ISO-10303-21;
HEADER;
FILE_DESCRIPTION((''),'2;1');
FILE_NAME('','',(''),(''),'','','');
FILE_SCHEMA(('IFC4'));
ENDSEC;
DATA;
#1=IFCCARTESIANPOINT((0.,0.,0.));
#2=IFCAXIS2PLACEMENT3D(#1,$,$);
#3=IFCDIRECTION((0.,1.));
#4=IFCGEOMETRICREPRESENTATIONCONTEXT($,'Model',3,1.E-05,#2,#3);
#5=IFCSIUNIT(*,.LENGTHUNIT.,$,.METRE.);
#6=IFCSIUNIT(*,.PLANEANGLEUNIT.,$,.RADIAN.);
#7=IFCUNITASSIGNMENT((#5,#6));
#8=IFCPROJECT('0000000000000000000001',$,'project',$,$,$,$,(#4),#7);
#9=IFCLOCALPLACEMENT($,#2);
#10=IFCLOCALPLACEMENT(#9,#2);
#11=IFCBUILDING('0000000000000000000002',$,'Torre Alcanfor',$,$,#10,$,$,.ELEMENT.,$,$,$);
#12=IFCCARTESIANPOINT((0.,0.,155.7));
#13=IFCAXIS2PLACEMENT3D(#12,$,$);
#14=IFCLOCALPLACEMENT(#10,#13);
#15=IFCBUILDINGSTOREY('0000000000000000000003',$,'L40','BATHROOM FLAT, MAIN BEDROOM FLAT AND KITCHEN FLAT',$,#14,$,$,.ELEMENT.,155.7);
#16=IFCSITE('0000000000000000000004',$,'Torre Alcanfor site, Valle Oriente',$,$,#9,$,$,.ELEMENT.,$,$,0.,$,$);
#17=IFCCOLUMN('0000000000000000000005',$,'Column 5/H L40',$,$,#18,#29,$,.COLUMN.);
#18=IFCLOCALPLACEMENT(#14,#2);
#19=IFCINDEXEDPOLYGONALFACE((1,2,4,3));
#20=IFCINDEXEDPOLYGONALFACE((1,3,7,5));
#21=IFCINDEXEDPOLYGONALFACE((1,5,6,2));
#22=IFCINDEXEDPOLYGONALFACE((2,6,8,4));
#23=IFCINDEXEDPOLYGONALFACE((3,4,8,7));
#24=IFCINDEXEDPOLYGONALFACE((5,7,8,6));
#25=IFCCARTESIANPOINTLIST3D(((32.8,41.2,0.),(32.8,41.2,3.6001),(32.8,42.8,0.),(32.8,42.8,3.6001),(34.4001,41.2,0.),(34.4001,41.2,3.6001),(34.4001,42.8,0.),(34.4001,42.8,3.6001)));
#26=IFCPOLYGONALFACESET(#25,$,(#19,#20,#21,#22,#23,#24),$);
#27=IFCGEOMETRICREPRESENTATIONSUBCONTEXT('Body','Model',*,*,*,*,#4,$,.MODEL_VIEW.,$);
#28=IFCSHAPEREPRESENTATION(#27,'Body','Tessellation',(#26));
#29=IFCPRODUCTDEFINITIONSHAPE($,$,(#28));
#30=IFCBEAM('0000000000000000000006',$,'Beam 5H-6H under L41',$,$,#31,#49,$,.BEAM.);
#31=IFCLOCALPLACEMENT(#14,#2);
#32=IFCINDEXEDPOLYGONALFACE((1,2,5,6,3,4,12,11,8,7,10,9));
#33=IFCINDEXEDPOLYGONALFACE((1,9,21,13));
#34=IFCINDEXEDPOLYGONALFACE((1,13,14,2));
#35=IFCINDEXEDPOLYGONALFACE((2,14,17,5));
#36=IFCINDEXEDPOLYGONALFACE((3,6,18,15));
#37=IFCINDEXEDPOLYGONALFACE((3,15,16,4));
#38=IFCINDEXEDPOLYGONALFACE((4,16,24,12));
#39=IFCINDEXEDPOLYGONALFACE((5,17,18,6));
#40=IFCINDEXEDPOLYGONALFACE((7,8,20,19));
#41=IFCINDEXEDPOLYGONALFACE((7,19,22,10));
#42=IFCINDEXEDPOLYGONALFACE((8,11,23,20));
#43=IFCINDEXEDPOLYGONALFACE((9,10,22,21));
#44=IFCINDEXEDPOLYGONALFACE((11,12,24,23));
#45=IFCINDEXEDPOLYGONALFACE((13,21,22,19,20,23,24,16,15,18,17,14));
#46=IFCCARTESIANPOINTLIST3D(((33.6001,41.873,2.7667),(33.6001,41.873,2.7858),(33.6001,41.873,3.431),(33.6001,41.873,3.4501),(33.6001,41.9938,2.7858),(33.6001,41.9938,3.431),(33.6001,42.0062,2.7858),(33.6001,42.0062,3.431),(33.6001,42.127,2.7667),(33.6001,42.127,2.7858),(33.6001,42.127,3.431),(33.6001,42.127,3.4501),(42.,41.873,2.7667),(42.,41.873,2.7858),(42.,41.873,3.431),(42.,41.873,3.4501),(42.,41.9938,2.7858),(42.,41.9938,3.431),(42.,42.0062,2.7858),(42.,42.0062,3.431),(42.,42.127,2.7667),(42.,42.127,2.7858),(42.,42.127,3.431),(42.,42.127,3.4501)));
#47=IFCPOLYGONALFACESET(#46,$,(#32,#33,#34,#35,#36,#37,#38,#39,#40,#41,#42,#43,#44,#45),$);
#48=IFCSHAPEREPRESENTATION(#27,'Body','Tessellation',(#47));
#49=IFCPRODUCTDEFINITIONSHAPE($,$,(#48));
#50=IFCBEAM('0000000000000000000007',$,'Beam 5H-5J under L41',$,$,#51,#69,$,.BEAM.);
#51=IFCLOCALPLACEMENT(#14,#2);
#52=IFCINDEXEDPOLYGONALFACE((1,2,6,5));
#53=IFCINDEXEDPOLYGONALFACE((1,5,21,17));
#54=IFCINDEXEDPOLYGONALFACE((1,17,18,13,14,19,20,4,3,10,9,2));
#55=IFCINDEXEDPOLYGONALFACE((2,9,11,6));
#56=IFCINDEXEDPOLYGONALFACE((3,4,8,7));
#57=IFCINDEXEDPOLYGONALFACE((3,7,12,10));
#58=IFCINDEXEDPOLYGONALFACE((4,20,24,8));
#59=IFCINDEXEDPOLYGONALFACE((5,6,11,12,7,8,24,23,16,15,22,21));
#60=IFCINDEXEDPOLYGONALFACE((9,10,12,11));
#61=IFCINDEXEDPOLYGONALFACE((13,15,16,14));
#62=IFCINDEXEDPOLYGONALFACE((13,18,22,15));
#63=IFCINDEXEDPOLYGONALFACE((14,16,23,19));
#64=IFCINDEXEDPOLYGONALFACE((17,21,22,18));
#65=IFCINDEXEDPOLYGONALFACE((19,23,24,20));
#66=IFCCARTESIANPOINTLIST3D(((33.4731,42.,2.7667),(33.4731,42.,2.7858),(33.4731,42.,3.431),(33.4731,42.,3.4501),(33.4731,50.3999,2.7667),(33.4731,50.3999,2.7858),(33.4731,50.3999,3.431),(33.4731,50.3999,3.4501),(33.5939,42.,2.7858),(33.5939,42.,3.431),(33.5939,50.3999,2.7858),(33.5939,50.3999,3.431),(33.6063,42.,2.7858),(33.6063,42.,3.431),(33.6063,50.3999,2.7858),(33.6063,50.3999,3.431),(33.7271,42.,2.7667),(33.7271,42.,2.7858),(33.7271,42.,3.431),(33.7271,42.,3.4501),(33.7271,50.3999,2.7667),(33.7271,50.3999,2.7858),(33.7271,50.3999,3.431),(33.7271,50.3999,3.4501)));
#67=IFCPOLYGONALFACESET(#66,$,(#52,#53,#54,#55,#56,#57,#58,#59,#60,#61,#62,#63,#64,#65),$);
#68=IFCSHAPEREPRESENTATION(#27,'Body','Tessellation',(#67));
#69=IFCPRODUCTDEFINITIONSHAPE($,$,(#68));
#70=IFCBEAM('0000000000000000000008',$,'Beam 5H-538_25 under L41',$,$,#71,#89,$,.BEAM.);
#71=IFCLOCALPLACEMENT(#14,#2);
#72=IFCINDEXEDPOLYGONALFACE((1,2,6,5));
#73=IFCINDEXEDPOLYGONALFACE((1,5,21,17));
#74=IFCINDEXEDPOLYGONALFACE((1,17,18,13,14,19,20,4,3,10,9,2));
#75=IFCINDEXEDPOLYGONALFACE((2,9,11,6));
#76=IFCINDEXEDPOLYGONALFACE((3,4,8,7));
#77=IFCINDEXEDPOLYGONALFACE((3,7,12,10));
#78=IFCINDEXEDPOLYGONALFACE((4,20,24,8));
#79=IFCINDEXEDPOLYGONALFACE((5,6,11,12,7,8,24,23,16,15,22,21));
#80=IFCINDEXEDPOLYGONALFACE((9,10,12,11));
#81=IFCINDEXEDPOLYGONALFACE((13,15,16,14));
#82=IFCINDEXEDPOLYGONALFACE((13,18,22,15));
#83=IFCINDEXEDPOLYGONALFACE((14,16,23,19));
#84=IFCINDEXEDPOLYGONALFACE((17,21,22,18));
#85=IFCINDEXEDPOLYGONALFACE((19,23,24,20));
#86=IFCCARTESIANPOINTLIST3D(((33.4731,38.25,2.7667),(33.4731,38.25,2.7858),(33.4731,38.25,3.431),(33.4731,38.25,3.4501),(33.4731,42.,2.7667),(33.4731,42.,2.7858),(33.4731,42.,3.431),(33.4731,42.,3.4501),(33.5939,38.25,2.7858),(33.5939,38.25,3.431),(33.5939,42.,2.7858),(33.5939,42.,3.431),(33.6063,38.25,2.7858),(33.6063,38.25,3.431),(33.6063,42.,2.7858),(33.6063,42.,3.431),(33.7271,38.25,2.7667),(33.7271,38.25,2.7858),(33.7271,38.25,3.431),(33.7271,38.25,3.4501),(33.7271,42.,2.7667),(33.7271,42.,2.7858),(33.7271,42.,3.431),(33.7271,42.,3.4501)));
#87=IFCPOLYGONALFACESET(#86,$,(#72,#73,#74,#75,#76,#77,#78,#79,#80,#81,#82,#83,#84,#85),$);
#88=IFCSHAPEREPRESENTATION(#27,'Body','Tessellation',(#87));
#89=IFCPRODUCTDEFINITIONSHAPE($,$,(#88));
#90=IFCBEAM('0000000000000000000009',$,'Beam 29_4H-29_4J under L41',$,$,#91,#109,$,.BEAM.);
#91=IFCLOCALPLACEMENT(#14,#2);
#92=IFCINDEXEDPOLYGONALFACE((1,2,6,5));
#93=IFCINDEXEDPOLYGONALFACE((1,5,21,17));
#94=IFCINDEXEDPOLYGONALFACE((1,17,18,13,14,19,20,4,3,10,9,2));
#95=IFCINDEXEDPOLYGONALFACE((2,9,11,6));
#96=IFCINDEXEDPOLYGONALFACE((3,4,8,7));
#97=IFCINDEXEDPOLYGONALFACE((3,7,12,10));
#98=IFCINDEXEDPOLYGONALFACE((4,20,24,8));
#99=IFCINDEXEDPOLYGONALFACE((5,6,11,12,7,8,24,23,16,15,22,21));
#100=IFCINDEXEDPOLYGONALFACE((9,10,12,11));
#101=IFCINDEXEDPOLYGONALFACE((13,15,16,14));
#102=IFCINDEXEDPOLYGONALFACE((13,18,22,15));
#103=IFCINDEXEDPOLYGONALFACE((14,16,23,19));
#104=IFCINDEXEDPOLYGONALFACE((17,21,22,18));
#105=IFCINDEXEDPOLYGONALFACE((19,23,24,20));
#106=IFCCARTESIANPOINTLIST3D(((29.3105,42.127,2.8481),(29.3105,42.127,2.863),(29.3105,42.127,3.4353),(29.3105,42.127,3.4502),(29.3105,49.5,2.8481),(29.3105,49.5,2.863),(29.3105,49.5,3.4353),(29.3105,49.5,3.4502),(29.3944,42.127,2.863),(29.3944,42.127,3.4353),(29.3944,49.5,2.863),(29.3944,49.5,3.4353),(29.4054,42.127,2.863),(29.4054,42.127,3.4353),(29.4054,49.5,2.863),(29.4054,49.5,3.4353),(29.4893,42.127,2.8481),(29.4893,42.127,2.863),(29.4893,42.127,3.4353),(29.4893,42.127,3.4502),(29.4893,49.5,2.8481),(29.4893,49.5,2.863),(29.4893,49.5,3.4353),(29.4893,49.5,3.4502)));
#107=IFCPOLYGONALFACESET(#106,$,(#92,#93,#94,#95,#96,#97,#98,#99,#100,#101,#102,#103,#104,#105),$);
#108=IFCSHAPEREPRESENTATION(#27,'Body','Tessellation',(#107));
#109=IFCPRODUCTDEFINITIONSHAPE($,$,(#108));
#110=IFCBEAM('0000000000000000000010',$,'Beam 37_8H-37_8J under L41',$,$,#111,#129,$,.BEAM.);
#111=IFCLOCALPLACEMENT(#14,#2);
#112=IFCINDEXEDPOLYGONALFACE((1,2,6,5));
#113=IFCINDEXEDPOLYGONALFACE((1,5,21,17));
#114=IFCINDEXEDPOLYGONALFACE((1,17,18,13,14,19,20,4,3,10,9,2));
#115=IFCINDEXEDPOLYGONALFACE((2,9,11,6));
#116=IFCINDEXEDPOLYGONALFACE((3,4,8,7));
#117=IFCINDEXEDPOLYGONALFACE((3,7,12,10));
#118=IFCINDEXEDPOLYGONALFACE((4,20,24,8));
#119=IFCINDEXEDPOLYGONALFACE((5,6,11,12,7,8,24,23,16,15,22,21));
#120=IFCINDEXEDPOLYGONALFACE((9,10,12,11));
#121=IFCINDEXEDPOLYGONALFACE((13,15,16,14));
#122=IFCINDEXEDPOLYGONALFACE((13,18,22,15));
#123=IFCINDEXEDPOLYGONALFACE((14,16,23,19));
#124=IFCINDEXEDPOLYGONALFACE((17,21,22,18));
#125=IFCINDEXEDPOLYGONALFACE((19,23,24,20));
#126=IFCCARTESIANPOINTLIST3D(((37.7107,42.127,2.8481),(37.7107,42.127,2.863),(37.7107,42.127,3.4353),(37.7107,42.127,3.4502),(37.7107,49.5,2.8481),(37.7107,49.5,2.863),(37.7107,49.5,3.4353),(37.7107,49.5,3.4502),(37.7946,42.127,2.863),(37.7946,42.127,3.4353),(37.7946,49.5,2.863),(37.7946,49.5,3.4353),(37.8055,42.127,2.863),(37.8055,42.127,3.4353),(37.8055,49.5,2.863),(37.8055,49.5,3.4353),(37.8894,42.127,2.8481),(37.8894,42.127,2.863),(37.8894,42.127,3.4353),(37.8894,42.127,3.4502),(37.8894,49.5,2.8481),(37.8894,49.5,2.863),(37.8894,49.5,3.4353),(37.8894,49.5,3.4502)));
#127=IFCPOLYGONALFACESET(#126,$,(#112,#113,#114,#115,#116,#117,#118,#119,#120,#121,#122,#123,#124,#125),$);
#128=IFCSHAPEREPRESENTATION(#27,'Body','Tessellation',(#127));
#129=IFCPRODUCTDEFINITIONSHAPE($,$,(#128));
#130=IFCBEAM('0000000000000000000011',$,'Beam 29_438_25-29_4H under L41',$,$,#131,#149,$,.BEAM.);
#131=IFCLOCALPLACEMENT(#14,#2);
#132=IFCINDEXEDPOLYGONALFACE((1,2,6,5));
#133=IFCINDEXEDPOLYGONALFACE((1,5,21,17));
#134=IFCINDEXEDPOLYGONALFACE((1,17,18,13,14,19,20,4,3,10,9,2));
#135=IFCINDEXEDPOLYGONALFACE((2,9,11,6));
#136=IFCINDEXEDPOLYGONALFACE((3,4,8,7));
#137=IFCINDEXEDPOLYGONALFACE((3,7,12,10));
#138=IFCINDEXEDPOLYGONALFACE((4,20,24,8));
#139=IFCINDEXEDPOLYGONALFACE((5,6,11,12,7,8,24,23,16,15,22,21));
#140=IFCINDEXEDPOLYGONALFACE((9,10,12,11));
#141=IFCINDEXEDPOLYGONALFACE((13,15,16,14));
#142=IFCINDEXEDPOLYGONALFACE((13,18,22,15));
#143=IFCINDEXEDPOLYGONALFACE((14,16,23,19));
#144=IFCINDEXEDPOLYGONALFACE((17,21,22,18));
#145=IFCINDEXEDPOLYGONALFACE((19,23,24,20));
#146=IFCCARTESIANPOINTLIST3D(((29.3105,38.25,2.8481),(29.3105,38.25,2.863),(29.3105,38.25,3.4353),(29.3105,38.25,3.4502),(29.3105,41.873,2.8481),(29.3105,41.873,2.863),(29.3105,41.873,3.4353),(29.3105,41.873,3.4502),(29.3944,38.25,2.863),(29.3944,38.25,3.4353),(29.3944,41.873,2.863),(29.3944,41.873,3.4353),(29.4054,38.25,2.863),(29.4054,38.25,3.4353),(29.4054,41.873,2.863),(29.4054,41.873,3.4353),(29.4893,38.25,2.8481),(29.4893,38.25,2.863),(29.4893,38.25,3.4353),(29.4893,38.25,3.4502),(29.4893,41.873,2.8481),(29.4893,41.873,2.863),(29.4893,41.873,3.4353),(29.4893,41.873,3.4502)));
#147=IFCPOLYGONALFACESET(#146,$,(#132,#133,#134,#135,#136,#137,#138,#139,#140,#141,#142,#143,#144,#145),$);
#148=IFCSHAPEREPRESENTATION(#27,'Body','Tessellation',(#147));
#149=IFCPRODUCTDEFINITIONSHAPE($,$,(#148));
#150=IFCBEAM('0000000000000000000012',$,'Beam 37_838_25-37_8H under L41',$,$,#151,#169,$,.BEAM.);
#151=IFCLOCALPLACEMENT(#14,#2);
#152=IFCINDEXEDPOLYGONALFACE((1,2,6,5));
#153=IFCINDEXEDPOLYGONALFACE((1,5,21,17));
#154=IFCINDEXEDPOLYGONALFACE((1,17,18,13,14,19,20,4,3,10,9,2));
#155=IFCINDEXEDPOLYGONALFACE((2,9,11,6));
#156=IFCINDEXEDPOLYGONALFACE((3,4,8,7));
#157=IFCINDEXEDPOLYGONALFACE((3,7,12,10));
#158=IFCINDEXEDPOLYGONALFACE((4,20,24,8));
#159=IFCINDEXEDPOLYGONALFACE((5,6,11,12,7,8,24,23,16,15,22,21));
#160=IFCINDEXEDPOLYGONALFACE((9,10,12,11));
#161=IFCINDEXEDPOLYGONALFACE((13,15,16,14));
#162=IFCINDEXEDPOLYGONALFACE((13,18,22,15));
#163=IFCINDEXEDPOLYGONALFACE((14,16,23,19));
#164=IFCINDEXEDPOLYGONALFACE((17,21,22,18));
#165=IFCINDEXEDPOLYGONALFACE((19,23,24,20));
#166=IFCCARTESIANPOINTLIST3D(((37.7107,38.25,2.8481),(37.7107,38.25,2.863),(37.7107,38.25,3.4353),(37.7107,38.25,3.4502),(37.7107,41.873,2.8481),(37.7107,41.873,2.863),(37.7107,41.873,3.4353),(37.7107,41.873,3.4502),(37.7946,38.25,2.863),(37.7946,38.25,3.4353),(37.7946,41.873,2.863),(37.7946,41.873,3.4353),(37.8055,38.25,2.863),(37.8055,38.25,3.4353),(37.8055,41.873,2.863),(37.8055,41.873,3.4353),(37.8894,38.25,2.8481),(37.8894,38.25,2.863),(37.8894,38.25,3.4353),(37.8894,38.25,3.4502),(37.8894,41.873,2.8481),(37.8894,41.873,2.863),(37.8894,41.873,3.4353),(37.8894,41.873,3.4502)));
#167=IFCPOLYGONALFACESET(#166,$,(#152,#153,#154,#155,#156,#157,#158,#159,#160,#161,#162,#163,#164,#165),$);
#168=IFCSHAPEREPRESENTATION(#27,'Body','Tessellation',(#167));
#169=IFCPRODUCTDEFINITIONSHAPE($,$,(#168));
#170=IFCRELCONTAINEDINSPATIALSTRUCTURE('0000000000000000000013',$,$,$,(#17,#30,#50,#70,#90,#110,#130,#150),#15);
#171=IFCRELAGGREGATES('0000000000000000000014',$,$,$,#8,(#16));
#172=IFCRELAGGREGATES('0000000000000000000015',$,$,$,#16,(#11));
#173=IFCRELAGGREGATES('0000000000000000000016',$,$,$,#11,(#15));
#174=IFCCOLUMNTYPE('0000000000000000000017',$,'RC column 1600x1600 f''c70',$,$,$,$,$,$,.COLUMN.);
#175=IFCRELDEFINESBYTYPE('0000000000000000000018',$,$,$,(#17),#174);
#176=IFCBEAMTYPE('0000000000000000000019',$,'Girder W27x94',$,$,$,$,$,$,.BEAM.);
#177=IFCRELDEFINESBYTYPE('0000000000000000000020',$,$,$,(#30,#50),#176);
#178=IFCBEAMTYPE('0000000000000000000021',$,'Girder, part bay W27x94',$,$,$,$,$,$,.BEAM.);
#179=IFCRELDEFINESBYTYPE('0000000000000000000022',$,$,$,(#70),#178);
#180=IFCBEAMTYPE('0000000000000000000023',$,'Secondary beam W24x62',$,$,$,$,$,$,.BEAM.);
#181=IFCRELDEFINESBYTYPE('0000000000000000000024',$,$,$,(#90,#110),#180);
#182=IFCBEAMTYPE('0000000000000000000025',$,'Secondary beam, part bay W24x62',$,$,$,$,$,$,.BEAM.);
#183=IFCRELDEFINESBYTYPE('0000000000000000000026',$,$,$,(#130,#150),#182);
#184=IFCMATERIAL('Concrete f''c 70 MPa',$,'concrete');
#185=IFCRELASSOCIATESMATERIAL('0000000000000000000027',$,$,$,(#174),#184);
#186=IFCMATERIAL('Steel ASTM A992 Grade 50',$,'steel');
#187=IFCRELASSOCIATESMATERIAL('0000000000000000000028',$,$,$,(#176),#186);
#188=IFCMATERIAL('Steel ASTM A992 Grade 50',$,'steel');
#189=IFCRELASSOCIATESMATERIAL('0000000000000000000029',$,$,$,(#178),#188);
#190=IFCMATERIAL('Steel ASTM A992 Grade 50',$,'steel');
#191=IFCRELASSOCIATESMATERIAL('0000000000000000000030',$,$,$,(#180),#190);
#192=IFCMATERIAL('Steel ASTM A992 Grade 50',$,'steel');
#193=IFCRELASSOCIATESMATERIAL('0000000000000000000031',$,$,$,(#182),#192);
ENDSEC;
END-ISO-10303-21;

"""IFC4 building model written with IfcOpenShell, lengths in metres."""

from ifc_helpers import new_model, si_unit, direction, frame, origin, origin_2d, place, context, subcontext, project, spatial, rectangle, i_section, extrude, material, material_profile, profile_set, type_object, element, save


model = new_model("IFC4")

# Units and contexts
model_context = context("Model", 3, precision=1e-05, world=origin(), true_north=direction((0.0, 1.0)))
body_context = subcontext(model_context, "Body", "Model", "MODEL_VIEW")
ifc_project = project(units=[si_unit("LENGTHUNIT", "METRE"), si_unit("PLANEANGLEUNIT", "RADIAN")], contexts=[model_context])

# Site, building, storey
site_placement = place(None, origin())
site = spatial("IfcSite", under=ifc_project, at=site_placement, Name="Torre Alcanfor site, Valle Oriente", CompositionType="ELEMENT", RefElevation=0.0)
building_placement = place(site_placement, origin())
building = spatial("IfcBuilding", under=site, at=building_placement, Name="Torre Alcanfor", CompositionType="ELEMENT")
storey_placement = place(building_placement, frame((0.0, 0.0, 155.7)))
storey = spatial("IfcBuildingStorey", under=building, at=storey_placement, Name="L40", Description="BATHROOM FLAT, MAIN BEDROOM FLAT AND KITCHEN FLAT", CompositionType="ELEMENT", Elevation=155.7)

# Column
ifc_material_1 = material(Name="Concrete f'c 70 MPa", Category="concrete")
ifc_material_profile_1 = material_profile(ifc_material_1, rectangle(XDim=1.6001, YDim=1.6001, at=origin_2d()), Name="1600x1600")
ifc_profile_set_1 = profile_set([ifc_material_profile_1], Name="Concrete f'c 70 MPa")
column_type = type_object("IfcColumnType", Name="RC column 1600x1600 f'c70", PredefinedType="COLUMN", material=ifc_profile_set_1)
column_placement = place(storey_placement, frame((33.6001, 42.0, 0.0), z_axis=(0.0, 0.0, 1.0), x_axis=(1.0, 0.0, 0.0)))
element("IfcColumn", 1, at=column_placement, inside=storey, type_object=column_type, Name="Column 5/H L40", PredefinedType="COLUMN", context=body_context, shape_type="SweptSolid", body=[
    extrude(rectangle(XDim=1.6001, YDim=1.6001, at=origin_2d()), origin(), (0.0, 0.0, 1.0), 3.6001),
])

# Beams
ifc_material_2 = material(Name="Steel ASTM A992 Grade 50", Category="steel")
ifc_material_profile_2 = material_profile(ifc_material_2, i_section(OverallWidth=0.2539, OverallDepth=0.6833, WebThickness=0.0125, FlangeThickness=0.019, at=origin_2d()), Name="W27x94")
ifc_profile_set_2 = profile_set([ifc_material_profile_2], Name="Steel ASTM A992 Grade 50")
beam_type_1 = type_object("IfcBeamType", Name="Girder W27x94", PredefinedType="BEAM", material=ifc_profile_set_2)
for number, where, z_axis, x_axis, name in (
    (2, (33.6001, 42.0, 3.1084), (1.0, 0.0, 0.0), (0.0, 1.0, 0.0), "Beam 5H-6H under L41"),
    (3, (33.6001, 42.0, 3.1084), (0.0, 1.0, 0.0), (-1.0, 0.0, 0.0), "Beam 5H-5J under L41"),
):
    element("IfcBeam", number, at=place(storey_placement, frame(where, z_axis=z_axis, x_axis=x_axis)), inside=storey, type_object=beam_type_1, Name=name, PredefinedType="BEAM", context=body_context, shape_type="SweptSolid", body=[
        extrude(i_section(OverallWidth=0.2539, OverallDepth=0.6833, WebThickness=0.0125, FlangeThickness=0.019, at=origin_2d()), origin(), (0.0, 0.0, 1.0), 8.3999),
    ])
ifc_material_3 = material(Name="Steel ASTM A992 Grade 50", Category="steel")
ifc_material_profile_3 = material_profile(ifc_material_3, i_section(OverallWidth=0.2539, OverallDepth=0.6833, WebThickness=0.0125, FlangeThickness=0.019, at=origin_2d()), Name="W27x94")
ifc_profile_set_3 = profile_set([ifc_material_profile_3], Name="Steel ASTM A992 Grade 50")
beam_type_2 = type_object("IfcBeamType", Name="Girder, part bay W27x94", PredefinedType="BEAM", material=ifc_profile_set_3)
beam_1_placement = place(storey_placement, frame((33.6001, 42.0, 3.1084), z_axis=(0.0, -1.0, 0.0), x_axis=(1.0, 0.0, 0.0)))
element("IfcBeam", 4, at=beam_1_placement, inside=storey, type_object=beam_type_2, Name="Beam 5H-538_25 under L41", PredefinedType="BEAM", context=body_context, shape_type="SweptSolid", body=[
    extrude(i_section(OverallWidth=0.2539, OverallDepth=0.6833, WebThickness=0.0125, FlangeThickness=0.019, at=origin_2d()), origin(), (0.0, 0.0, 1.0), 3.75),
])
ifc_material_4 = material(Name="Steel ASTM A992 Grade 50", Category="steel")
ifc_material_profile_4 = material_profile(ifc_material_4, i_section(OverallWidth=0.1787, OverallDepth=0.6021, WebThickness=0.011, FlangeThickness=0.0149, at=origin_2d()), Name="W24x62")
ifc_profile_set_4 = profile_set([ifc_material_profile_4], Name="Steel ASTM A992 Grade 50")
beam_type_3 = type_object("IfcBeamType", Name="Secondary beam W24x62", PredefinedType="BEAM", material=ifc_profile_set_4)
for number, where, z_axis, x_axis, name in (
    (5, (29.3999, 42.127, 3.1492), (0.0, 1.0, 0.0), (-1.0, 0.0, 0.0), "Beam 29_4H-29_4J under L41"),
    (6, (37.8, 42.127, 3.1492), (0.0, 1.0, 0.0), (-1.0, 0.0, 0.0), "Beam 37_8H-37_8J under L41"),
):
    element("IfcBeam", number, at=place(storey_placement, frame(where, z_axis=z_axis, x_axis=x_axis)), inside=storey, type_object=beam_type_3, Name=name, PredefinedType="BEAM", context=body_context, shape_type="SweptSolid", body=[
        extrude(i_section(OverallWidth=0.1787, OverallDepth=0.6021, WebThickness=0.011, FlangeThickness=0.0149, at=origin_2d()), origin(), (0.0, 0.0, 1.0), 7.373),
    ])
ifc_material_5 = material(Name="Steel ASTM A992 Grade 50", Category="steel")
ifc_material_profile_5 = material_profile(ifc_material_5, i_section(OverallWidth=0.1787, OverallDepth=0.6021, WebThickness=0.011, FlangeThickness=0.0149, at=origin_2d()), Name="W24x62")
ifc_profile_set_5 = profile_set([ifc_material_profile_5], Name="Steel ASTM A992 Grade 50")
beam_type_4 = type_object("IfcBeamType", Name="Secondary beam, part bay W24x62", PredefinedType="BEAM", material=ifc_profile_set_5)
for number, where, z_axis, x_axis, name in (
    (7, (29.3999, 38.25, 3.1492), (0.0, 1.0, 0.0), (-1.0, 0.0, 0.0), "Beam 29_438_25-29_4H under L41"),
    (8, (37.8, 38.25, 3.1492), (0.0, 1.0, 0.0), (-1.0, 0.0, 0.0), "Beam 37_838_25-37_8H under L41"),
):
    element("IfcBeam", number, at=place(storey_placement, frame(where, z_axis=z_axis, x_axis=x_axis)), inside=storey, type_object=beam_type_4, Name=name, PredefinedType="BEAM", context=body_context, shape_type="SweptSolid", body=[
        extrude(i_section(OverallWidth=0.1787, OverallDepth=0.6021, WebThickness=0.011, FlangeThickness=0.0149, at=origin_2d()), origin(), (0.0, 0.0, 1.0), 3.623),
    ])

save(model, "model.ifc")
